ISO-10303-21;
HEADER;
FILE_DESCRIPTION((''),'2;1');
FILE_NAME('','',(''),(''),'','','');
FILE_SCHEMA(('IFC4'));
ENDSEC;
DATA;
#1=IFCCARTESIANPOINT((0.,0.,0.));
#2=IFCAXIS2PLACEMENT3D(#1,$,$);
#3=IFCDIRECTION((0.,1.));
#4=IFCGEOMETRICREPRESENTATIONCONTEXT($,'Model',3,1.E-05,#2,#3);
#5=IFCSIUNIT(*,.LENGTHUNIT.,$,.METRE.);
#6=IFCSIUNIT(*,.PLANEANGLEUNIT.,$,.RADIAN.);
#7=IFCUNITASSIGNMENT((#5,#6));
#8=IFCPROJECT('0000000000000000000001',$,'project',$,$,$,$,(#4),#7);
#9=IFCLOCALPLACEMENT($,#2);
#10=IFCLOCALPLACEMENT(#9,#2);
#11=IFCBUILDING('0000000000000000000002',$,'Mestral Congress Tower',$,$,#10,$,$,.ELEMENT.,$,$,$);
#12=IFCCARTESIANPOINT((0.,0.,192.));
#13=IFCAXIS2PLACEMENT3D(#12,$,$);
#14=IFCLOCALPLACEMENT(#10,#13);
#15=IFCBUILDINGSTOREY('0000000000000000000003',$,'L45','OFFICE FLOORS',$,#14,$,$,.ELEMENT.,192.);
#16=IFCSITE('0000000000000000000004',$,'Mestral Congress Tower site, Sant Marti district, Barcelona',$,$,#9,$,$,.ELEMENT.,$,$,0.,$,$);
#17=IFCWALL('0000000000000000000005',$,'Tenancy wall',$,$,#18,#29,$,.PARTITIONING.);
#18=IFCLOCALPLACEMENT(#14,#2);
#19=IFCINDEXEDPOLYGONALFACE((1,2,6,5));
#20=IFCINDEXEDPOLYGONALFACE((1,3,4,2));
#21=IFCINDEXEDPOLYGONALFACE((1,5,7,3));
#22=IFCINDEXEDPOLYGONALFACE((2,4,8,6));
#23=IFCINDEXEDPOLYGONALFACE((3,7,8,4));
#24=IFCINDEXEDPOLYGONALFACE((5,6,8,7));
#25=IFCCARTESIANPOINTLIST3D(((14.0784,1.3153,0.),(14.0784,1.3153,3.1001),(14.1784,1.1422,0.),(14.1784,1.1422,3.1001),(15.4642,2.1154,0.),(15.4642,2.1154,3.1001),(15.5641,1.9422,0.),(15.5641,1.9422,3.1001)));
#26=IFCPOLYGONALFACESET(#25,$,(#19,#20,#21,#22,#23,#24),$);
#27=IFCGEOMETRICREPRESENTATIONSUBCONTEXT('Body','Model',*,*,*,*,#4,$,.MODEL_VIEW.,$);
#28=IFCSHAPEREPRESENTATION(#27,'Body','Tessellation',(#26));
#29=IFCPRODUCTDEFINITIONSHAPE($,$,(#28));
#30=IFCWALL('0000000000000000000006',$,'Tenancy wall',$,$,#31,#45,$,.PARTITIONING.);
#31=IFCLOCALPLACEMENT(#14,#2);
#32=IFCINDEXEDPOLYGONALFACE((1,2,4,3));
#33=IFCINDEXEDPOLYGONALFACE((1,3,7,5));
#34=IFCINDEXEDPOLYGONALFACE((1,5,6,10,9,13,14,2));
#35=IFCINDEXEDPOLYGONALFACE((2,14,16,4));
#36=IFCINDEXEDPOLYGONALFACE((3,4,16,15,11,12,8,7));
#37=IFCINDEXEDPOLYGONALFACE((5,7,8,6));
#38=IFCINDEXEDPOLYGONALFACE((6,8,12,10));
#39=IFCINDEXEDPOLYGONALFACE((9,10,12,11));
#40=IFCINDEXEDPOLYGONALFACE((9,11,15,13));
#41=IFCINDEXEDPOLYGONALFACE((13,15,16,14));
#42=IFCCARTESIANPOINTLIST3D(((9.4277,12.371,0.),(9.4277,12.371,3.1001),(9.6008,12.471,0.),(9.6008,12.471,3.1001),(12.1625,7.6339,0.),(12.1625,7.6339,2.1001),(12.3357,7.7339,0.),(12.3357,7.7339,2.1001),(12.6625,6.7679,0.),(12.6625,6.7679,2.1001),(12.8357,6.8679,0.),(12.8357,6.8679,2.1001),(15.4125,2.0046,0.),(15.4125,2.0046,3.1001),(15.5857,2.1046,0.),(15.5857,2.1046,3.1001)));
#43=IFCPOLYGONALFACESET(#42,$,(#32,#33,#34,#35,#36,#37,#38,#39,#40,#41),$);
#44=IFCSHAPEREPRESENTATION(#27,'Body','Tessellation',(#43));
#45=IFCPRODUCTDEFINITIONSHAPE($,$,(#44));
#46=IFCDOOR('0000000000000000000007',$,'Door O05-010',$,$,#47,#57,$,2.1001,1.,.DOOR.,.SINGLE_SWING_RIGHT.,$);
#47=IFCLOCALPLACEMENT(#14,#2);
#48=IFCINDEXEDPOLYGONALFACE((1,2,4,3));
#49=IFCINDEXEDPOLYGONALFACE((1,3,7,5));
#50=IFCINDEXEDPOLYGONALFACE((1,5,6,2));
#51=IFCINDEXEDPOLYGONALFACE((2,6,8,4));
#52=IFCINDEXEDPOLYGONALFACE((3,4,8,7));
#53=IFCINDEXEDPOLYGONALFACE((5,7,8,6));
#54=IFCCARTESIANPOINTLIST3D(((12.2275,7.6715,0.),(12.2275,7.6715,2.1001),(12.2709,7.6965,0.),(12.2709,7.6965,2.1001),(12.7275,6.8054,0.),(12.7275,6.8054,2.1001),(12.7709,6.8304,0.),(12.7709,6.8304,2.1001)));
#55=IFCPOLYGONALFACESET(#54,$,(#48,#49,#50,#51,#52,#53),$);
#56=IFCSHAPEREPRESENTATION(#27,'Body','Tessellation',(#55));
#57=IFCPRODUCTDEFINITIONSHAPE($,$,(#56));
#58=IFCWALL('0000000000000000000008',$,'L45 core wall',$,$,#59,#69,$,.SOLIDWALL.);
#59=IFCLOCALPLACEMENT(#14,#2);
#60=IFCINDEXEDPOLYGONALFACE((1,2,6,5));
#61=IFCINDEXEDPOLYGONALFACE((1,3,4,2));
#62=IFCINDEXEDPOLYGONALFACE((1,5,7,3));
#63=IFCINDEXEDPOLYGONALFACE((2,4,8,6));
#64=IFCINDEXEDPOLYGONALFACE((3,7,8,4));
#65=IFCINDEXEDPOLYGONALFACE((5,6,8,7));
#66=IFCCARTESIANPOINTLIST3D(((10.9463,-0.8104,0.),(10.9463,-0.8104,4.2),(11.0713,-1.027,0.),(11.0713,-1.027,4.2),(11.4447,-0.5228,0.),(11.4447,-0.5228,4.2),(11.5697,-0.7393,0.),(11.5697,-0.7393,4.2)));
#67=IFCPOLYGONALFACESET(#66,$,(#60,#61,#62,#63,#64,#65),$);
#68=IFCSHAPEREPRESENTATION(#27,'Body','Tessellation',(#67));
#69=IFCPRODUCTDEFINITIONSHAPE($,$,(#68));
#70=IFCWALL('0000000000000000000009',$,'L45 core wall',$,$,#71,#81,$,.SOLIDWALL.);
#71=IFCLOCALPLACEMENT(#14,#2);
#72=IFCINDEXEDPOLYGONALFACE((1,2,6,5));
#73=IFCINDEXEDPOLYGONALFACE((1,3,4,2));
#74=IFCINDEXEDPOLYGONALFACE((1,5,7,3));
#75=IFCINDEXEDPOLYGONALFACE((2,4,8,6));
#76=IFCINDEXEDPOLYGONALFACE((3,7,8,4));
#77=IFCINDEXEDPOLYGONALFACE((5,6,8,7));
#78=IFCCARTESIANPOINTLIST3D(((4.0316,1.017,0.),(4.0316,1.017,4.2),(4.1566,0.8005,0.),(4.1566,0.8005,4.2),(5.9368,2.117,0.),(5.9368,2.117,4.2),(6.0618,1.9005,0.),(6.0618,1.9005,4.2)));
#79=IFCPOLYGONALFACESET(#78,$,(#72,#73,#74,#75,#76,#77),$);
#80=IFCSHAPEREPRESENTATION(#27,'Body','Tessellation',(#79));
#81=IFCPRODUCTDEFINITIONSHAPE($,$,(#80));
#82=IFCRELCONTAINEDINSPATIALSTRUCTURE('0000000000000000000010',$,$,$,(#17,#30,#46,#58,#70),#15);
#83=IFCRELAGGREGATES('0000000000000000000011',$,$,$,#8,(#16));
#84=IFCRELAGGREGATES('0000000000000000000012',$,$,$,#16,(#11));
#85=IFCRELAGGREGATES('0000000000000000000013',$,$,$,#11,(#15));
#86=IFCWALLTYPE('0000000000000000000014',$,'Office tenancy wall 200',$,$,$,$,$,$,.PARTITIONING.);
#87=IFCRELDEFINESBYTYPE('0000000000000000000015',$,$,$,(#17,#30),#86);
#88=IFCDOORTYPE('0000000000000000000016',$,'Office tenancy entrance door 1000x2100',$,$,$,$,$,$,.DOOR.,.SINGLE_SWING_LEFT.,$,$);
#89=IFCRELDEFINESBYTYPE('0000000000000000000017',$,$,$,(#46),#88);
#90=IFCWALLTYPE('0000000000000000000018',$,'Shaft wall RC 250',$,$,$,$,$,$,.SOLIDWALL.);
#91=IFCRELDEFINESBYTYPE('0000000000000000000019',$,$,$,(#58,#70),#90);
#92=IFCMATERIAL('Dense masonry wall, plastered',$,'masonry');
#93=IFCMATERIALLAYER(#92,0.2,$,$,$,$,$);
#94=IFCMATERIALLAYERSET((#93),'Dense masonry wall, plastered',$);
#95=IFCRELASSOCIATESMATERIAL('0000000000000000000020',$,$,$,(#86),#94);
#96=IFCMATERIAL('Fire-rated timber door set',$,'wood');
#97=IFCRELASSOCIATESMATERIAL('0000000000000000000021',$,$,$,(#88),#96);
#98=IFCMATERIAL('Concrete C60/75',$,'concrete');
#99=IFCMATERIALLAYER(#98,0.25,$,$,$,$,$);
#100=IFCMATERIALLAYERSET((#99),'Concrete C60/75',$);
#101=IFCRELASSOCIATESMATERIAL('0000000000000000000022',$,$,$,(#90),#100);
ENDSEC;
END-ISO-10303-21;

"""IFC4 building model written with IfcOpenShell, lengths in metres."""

from ifc_helpers import new_model, si_unit, direction, frame, frame_2d, origin, place, context, subcontext, project, spatial, rectangle, extrude, material, layer, layer_set, type_object, element, fill, save


model = new_model("IFC4")

# Units and contexts
model_context = context("Model", 3, precision=1e-05, world=origin(), true_north=direction((0.0, 1.0)))
body_context = subcontext(model_context, "Body", "Model", "MODEL_VIEW")
ifc_project = project(units=[si_unit("LENGTHUNIT", "METRE"), si_unit("PLANEANGLEUNIT", "RADIAN")], contexts=[model_context])

# Site, building, storey
site_placement = place(None, origin())
site = spatial("IfcSite", under=ifc_project, at=site_placement, Name="Mestral Congress Tower site, Sant Marti district, Barcelona", CompositionType="ELEMENT", RefElevation=0.0)
building_placement = place(site_placement, origin())
building = spatial("IfcBuilding", under=site, at=building_placement, Name="Mestral Congress Tower", CompositionType="ELEMENT")
storey_placement = place(building_placement, frame((0.0, 0.0, 192.0)))
storey = spatial("IfcBuildingStorey", under=building, at=storey_placement, Name="L45", Description="OFFICE FLOORS", CompositionType="ELEMENT", Elevation=192.0)

# Shared definitions
ifc_material_1 = material(Name="Concrete C60/75", Category="concrete")

# Wall
ifc_material_2 = material(Name="Dense masonry wall, plastered", Category="masonry")
ifc_layer_1 = layer(ifc_material_2, 0.2)
ifc_layer_set_1 = layer_set([ifc_layer_1], Name="Dense masonry wall, plastered")
wall_type_1 = type_object("IfcWallType", Name="Office tenancy wall 200", PredefinedType="PARTITIONING", material=ifc_layer_set_1)
wall_1_placement = place(storey_placement, frame((14.1284, 1.2288, 0.0), z_axis=(0.0, 0.0, 1.0), x_axis=(0.866028, 0.499995, 0.0)))
element("IfcWall", 1, at=wall_1_placement, inside=storey, type_object=wall_type_1, Name="Tenancy wall", PredefinedType="PARTITIONING", context=body_context, shape_type="SweptSolid", body=[
    extrude(rectangle(XDim=1.6001, YDim=0.2, at=frame_2d((0.8, 0.0))), origin(), (0.0, 0.0, 1.0), 3.1001),
])

# Wall, opening, door
wall_2_placement = place(storey_placement, frame((15.499, 2.0547, 0.0), z_axis=(0.0, 0.0, 1.0), x_axis=(-0.499987, 0.866033, 0.0)))
wall_2 = element("IfcWall", 2, at=wall_2_placement, inside=storey, type_object=wall_type_1, Name="Tenancy wall", PredefinedType="PARTITIONING", context=body_context, shape_type="SweptSolid", body=[
    extrude(rectangle(XDim=11.97, YDim=0.2, at=frame_2d((5.9849, 0.0))), origin(), (0.0, 0.0, 1.0), 3.1001),
])
opening_1_placement = place(wall_2_placement, frame((5.5, 0.0, 0.0)))
opening_1 = element("IfcOpeningElement", 3, at=opening_1_placement, cuts=wall_2, PredefinedType="OPENING", context=body_context, shape_type="SweptSolid", body=[
    extrude(rectangle(XDim=1.0, YDim=2.1001, at=frame_2d((0.5, 1.05))), frame((0.0, 0.1099, 0.0), z_axis=(0.0, -1.0, 0.0), x_axis=(1.0, 0.0, 0.0)), (0.0, 0.0, 1.0), 0.22),
])
ifc_material_3 = material(Name="Fire-rated timber door set", Category="wood")
door_type_1 = type_object("IfcDoorType", Name="Office tenancy entrance door 1000x2100", OperationType="SINGLE_SWING_LEFT", PredefinedType="DOOR", material=ifc_material_3)
door_1_placement = place(opening_1_placement, origin())
door_1 = element("IfcDoor", 4, at=door_1_placement, inside=storey, type_object=door_type_1, Name="Door O05-010", OperationType="SINGLE_SWING_RIGHT", OverallHeight=2.1001, OverallWidth=1.0, PredefinedType="DOOR", context=body_context, shape_type="SweptSolid", body=[
    extrude(rectangle(XDim=1.0, YDim=2.1001, at=frame_2d((0.5, 1.05))), frame((0.0, 0.0249, 0.0), z_axis=(0.0, -1.0, 0.0), x_axis=(1.0, 0.0, 0.0)), (0.0, 0.0, 1.0), 0.05),
])
fill(opening_1, door_1)

# Walls
ifc_layer_2 = layer(ifc_material_1, 0.25)
ifc_layer_set_2 = layer_set([ifc_layer_2], Name="Concrete C60/75")
wall_type_2 = type_object("IfcWallType", Name="Shaft wall RC 250", PredefinedType="SOLIDWALL", material=ifc_layer_set_2)
wall_3_placement = place(storey_placement, frame((11.5071, -0.6311, 0.0), z_axis=(0.0, 0.0, 1.0), x_axis=(-0.866094, -0.499882, 0.0)))
element("IfcWall", 5, at=wall_3_placement, inside=storey, type_object=wall_type_2, Name="L45 core wall", PredefinedType="SOLIDWALL", context=body_context, shape_type="SweptSolid", body=[
    extrude(rectangle(XDim=0.5754, YDim=0.25, at=frame_2d((0.2876, 0.0))), origin(), (0.0, 0.0, 1.0), 4.2),
])
wall_4_placement = place(storey_placement, frame((4.094, 0.9087, 0.0), z_axis=(0.0, 0.0, 1.0), x_axis=(0.866008, 0.50003, 0.0)))
element("IfcWall", 6, at=wall_4_placement, inside=storey, type_object=wall_type_2, Name="L45 core wall", PredefinedType="SOLIDWALL", context=body_context, shape_type="SweptSolid", body=[
    extrude(rectangle(XDim=2.2, YDim=0.25, at=frame_2d((1.1001, 0.0))), origin(), (0.0, 0.0, 1.0), 4.2),
])

save(model, "model.ifc")
